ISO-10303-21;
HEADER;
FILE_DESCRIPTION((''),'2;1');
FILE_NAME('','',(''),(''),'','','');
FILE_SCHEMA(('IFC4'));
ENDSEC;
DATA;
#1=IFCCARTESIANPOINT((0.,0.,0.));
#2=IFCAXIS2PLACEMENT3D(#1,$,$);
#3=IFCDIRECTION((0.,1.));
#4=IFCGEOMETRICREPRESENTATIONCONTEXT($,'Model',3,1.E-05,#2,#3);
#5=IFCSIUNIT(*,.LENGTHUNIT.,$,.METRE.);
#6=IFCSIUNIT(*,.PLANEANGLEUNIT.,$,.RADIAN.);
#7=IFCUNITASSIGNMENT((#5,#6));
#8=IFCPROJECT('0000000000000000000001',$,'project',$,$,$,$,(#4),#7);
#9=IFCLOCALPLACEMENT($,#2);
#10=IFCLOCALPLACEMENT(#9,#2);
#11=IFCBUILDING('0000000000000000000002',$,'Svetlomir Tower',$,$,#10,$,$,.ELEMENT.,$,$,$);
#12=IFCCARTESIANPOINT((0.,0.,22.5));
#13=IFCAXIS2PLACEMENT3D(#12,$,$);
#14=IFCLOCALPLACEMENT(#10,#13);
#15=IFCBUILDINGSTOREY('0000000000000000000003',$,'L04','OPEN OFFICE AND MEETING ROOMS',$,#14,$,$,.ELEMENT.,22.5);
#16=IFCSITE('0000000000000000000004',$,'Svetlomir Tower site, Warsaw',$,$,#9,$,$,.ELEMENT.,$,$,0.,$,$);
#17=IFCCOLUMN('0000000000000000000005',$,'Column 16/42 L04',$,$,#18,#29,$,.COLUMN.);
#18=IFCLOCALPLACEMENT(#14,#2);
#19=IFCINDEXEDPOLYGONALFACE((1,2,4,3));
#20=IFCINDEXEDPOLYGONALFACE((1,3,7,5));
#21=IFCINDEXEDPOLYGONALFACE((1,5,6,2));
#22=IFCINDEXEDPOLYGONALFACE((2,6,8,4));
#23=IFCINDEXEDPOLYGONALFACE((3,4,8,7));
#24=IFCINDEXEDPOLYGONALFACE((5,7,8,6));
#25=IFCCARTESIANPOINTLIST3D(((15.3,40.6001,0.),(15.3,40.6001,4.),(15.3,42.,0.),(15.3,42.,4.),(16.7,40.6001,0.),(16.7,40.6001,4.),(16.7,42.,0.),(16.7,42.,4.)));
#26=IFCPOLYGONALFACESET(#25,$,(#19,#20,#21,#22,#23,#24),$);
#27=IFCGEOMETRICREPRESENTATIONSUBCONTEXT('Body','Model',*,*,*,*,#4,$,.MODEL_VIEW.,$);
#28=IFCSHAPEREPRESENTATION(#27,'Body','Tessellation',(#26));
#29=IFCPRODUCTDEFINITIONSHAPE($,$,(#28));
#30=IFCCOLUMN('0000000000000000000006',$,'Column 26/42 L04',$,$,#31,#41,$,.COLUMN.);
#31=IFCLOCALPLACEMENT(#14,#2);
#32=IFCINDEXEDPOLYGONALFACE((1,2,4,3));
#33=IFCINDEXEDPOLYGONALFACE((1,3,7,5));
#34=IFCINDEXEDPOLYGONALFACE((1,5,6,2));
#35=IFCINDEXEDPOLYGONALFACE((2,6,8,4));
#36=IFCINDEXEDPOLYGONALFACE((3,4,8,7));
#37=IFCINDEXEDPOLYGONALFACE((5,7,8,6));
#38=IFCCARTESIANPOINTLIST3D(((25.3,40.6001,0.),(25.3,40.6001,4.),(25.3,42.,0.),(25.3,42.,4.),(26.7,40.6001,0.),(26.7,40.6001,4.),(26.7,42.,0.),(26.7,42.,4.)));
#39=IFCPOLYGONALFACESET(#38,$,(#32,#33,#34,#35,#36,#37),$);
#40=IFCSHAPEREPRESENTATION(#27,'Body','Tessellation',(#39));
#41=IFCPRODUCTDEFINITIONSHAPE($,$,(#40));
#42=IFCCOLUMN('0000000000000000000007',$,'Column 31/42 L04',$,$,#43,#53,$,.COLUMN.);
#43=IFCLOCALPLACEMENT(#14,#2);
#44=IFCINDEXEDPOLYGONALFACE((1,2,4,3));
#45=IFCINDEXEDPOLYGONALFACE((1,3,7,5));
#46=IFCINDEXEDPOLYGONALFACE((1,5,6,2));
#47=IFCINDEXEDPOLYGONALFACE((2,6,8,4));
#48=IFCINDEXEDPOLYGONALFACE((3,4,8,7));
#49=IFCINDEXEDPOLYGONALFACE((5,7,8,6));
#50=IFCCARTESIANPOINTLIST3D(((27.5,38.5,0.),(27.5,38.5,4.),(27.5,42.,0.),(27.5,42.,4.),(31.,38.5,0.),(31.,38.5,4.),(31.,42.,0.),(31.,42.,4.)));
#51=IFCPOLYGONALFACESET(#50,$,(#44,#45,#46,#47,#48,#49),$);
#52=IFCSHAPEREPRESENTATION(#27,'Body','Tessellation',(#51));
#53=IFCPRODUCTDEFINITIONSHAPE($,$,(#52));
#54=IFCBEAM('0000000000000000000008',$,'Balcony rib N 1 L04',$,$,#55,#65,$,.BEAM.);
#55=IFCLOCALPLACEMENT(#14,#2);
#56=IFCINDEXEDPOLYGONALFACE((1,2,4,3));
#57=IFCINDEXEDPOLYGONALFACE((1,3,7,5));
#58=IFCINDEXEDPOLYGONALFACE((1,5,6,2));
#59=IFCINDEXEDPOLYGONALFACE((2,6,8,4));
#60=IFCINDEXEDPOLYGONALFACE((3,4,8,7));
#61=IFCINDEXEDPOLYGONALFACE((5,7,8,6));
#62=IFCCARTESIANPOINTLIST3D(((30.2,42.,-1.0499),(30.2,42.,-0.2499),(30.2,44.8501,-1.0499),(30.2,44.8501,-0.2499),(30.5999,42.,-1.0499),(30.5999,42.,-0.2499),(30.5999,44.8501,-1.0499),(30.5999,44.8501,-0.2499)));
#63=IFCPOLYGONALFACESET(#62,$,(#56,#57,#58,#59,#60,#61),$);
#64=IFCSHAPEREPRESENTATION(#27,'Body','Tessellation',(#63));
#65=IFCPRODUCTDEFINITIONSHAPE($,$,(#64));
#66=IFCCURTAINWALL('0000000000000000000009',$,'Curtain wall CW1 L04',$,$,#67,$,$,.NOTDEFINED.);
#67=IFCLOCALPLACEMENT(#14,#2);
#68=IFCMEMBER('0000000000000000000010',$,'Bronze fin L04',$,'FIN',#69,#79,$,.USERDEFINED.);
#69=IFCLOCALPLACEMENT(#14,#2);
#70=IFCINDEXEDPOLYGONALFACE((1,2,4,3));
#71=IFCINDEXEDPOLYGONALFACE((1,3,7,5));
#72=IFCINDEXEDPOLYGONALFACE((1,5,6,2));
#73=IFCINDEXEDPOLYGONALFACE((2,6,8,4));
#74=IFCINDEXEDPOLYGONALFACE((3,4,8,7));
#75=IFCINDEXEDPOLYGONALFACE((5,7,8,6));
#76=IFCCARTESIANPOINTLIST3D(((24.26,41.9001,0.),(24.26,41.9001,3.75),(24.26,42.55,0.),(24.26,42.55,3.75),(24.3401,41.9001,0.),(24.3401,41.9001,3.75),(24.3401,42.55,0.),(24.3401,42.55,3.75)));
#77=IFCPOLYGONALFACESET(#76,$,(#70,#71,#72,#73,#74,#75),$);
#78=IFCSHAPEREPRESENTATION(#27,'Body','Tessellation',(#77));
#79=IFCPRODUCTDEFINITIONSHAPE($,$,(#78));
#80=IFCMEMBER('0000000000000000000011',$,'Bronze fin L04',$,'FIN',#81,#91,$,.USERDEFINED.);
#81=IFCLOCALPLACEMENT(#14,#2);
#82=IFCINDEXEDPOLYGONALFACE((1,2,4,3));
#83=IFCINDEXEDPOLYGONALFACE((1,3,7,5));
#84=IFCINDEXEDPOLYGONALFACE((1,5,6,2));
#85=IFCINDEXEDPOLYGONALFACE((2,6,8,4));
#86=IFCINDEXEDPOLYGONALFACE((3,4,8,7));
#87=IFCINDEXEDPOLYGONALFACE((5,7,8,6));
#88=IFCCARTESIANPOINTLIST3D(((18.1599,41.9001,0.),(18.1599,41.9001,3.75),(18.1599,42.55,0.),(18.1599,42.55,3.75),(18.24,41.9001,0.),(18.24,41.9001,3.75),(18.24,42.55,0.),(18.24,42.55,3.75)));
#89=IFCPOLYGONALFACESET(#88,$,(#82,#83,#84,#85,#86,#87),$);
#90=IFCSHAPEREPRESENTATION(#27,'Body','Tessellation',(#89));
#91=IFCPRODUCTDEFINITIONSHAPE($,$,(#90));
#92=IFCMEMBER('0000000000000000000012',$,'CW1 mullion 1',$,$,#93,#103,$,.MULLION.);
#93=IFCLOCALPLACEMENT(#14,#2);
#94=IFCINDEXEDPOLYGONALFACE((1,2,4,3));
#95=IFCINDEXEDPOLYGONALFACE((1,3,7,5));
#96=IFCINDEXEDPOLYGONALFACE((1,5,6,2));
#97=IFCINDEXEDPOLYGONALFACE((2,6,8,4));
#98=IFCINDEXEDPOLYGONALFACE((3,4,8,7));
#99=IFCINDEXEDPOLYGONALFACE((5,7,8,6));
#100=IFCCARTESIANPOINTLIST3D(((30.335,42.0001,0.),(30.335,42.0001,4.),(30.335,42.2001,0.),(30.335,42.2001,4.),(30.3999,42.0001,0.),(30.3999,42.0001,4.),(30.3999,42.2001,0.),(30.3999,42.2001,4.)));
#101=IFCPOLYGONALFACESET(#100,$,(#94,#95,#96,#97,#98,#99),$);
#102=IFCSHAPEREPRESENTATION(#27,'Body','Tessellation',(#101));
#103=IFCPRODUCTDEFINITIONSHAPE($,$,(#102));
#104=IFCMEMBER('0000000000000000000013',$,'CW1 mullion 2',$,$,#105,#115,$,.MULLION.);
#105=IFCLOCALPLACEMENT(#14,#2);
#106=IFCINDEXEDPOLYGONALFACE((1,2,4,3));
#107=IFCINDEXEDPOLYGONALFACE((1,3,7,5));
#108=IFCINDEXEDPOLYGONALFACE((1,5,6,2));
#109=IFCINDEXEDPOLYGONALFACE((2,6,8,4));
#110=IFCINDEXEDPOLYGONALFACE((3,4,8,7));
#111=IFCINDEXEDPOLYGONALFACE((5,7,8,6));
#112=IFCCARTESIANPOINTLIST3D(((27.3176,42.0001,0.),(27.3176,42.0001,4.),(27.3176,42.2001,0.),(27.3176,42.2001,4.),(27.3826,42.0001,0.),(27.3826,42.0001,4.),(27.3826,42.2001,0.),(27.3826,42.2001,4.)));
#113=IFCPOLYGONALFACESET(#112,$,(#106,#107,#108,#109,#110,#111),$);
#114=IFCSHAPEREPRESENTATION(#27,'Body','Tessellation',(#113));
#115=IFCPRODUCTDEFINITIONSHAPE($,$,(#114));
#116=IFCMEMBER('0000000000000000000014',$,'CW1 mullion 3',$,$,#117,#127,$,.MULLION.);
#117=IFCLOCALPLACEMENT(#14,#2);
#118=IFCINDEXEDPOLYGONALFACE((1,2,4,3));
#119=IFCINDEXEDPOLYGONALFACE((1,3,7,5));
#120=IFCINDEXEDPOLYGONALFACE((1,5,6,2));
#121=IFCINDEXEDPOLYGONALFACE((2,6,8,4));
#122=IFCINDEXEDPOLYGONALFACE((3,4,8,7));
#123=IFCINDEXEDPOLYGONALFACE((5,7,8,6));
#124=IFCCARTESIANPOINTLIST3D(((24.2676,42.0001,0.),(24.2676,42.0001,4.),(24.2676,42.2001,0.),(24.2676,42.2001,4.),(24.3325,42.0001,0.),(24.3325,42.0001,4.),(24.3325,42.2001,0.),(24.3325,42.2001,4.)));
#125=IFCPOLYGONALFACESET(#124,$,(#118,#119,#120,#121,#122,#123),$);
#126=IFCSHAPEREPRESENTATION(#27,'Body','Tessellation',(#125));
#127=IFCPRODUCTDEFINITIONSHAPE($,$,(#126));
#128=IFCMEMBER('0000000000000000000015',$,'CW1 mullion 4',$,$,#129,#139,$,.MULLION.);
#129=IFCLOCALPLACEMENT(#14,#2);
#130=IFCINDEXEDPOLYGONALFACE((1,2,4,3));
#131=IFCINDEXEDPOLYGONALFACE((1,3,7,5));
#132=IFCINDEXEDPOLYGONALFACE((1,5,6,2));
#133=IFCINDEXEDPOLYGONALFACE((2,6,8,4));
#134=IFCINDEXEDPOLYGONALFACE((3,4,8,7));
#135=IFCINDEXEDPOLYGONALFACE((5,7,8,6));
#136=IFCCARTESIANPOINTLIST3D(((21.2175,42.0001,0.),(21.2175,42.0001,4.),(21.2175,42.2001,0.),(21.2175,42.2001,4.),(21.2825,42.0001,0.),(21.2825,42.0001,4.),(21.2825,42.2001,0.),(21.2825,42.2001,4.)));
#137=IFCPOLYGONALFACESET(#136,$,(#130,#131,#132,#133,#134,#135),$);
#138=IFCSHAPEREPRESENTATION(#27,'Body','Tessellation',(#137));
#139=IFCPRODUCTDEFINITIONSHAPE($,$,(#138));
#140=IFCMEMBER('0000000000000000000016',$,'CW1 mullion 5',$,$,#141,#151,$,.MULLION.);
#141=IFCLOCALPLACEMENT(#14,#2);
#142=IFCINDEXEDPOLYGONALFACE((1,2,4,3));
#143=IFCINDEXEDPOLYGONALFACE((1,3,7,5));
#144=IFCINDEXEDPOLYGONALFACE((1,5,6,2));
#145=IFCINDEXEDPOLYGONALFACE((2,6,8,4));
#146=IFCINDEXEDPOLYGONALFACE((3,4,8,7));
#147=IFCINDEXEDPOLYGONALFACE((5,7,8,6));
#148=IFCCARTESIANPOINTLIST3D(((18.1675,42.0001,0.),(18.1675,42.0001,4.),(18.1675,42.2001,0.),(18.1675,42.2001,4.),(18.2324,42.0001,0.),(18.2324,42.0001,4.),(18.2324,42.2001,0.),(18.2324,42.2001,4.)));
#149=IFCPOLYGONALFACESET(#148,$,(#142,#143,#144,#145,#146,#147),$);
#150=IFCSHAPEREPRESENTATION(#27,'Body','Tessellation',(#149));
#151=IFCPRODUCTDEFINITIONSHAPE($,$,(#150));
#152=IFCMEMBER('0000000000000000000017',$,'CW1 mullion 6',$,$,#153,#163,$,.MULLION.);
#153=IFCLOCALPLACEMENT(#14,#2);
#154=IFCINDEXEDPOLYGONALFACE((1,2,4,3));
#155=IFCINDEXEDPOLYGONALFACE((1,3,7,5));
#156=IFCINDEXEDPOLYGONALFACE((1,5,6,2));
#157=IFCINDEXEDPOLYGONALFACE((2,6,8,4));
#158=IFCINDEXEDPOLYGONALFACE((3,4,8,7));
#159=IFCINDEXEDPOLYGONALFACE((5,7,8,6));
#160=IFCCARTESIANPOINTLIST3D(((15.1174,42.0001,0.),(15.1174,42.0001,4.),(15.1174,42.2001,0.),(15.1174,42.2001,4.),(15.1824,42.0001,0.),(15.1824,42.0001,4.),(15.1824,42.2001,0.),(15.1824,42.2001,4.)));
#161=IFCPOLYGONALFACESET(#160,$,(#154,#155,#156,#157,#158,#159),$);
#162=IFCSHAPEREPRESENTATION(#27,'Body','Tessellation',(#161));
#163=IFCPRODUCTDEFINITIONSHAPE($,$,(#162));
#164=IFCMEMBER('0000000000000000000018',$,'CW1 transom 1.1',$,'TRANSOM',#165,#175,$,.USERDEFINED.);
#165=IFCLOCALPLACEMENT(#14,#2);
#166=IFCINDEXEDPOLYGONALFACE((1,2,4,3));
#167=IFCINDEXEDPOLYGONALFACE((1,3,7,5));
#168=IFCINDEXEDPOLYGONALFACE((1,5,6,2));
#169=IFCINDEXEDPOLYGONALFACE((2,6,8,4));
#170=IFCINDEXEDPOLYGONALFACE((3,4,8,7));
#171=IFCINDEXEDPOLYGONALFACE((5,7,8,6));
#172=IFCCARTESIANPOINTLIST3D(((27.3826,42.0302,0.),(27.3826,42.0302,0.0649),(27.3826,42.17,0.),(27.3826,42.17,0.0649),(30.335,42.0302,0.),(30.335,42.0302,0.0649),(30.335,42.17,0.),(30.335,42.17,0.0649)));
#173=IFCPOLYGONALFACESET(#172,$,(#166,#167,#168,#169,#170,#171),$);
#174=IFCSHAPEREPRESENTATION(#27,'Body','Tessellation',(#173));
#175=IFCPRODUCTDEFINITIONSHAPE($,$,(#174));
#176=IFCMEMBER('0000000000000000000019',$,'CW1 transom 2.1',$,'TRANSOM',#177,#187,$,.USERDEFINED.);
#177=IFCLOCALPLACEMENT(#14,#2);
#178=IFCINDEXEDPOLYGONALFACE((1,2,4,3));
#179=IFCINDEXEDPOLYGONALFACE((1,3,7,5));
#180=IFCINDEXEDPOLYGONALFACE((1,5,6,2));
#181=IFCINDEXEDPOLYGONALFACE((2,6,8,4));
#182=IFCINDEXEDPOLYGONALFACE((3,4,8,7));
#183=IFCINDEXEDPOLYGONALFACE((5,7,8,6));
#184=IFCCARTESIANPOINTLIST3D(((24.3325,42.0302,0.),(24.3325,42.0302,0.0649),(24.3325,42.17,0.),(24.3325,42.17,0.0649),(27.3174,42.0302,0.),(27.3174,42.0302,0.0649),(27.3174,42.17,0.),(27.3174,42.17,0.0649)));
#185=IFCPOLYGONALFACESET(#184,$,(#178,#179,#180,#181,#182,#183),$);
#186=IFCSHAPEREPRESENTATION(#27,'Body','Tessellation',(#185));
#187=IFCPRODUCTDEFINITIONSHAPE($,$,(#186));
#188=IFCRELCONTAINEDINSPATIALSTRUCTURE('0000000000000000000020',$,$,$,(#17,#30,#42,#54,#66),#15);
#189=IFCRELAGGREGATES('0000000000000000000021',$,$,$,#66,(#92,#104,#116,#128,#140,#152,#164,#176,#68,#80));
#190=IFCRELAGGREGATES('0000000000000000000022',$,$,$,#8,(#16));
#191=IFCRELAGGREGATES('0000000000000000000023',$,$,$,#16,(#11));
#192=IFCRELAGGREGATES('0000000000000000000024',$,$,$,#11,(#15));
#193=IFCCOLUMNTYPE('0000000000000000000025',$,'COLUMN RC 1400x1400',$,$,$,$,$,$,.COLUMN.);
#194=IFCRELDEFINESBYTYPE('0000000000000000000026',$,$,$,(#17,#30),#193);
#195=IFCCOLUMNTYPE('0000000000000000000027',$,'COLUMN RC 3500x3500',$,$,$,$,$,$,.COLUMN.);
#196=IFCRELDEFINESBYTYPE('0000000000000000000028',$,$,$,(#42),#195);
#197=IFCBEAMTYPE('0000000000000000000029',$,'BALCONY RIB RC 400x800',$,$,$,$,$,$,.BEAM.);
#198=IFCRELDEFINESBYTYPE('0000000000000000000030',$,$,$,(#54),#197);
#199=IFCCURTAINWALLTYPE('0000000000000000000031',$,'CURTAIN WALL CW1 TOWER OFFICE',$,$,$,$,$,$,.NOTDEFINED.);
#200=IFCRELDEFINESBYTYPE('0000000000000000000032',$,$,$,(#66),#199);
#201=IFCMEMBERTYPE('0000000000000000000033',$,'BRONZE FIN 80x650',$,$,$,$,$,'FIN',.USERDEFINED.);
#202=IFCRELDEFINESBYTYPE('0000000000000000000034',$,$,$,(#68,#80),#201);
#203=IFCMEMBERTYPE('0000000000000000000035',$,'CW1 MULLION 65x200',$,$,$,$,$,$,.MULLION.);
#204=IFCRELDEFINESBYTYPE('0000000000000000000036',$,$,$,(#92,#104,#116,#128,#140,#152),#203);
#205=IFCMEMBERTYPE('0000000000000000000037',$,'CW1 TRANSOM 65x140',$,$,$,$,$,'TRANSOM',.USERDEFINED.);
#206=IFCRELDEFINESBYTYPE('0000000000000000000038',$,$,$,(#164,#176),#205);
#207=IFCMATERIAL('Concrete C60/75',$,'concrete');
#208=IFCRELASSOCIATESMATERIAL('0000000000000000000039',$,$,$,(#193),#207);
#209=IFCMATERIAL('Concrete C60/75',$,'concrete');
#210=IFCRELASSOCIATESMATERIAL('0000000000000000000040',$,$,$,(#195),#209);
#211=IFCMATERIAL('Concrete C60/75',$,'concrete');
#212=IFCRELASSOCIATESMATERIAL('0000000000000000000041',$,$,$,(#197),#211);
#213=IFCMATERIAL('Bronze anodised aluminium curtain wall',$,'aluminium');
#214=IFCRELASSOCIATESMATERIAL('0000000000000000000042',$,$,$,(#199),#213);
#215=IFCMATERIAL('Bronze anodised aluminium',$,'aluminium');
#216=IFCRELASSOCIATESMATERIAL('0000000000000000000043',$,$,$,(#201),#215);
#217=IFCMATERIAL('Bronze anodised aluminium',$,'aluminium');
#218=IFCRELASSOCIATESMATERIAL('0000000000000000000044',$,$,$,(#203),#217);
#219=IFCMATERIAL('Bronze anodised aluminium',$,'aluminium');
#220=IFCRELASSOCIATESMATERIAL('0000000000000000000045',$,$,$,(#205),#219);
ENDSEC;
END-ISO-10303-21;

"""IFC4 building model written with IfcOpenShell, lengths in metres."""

from ifc_helpers import new_model, si_unit, direction, frame, origin, origin_2d, place, context, subcontext, project, spatial, rectangle, extrude, material, material_profile, profile_set, type_object, element, aggregate, save


model = new_model("IFC4")

# Units and contexts
model_context = context("Model", 3, precision=1e-05, world=origin(), true_north=direction((0.0, 1.0)))
body_context = subcontext(model_context, "Body", "Model", "MODEL_VIEW")
ifc_project = project(units=[si_unit("LENGTHUNIT", "METRE"), si_unit("PLANEANGLEUNIT", "RADIAN")], contexts=[model_context])

# Site, building, storey
site_placement = place(None, origin())
site = spatial("IfcSite", under=ifc_project, at=site_placement, Name="Svetlomir Tower site, Warsaw", CompositionType="ELEMENT", RefElevation=0.0)
building_placement = place(site_placement, origin())
building = spatial("IfcBuilding", under=site, at=building_placement, Name="Svetlomir Tower", CompositionType="ELEMENT")
storey_placement = place(building_placement, frame((0.0, 0.0, 22.5)))
storey = spatial("IfcBuildingStorey", under=building, at=storey_placement, Name="L04", Description="OPEN OFFICE AND MEETING ROOMS", CompositionType="ELEMENT", Elevation=22.5)

# Columns
ifc_material_1 = material(Name="Concrete C60/75", Category="concrete")
ifc_material_profile_1 = material_profile(ifc_material_1, rectangle(XDim=1.3999, YDim=1.3999, at=origin_2d()), Name="RC 1400x1400")
ifc_profile_set_1 = profile_set([ifc_material_profile_1], Name="Concrete C60/75")
column_type_1 = type_object("IfcColumnType", Name="COLUMN RC 1400x1400", PredefinedType="COLUMN", material=ifc_profile_set_1)
for number, where, z_axis, x_axis, name in (
    (1, (16.0, 41.3, 0.0), (0.0, 0.0, 1.0), (1.0, 0.0, 0.0), "Column 16/42 L04"),
    (2, (26.0, 41.3, 0.0), (0.0, 0.0, 1.0), (1.0, 0.0, 0.0), "Column 26/42 L04"),
):
    element("IfcColumn", number, at=place(storey_placement, frame(where, z_axis=z_axis, x_axis=x_axis)), inside=storey, type_object=column_type_1, Name=name, PredefinedType="COLUMN", context=body_context, shape_type="SweptSolid", body=[
        extrude(rectangle(XDim=1.3999, YDim=1.3999, at=origin_2d()), origin(), (0.0, 0.0, 1.0), 4.0),
    ])
ifc_material_2 = material(Name="Concrete C60/75", Category="concrete")
ifc_material_profile_2 = material_profile(ifc_material_2, rectangle(XDim=3.5, YDim=3.5, at=origin_2d()), Name="RC 3500x3500")
ifc_profile_set_2 = profile_set([ifc_material_profile_2], Name="Concrete C60/75")
column_type_2 = type_object("IfcColumnType", Name="COLUMN RC 3500x3500", PredefinedType="COLUMN", material=ifc_profile_set_2)
column_placement = place(storey_placement, frame((29.25, 40.25, 0.0), z_axis=(0.0, 0.0, 1.0), x_axis=(1.0, 0.0, 0.0)))
element("IfcColumn", 3, at=column_placement, inside=storey, type_object=column_type_2, Name="Column 31/42 L04", PredefinedType="COLUMN", context=body_context, shape_type="SweptSolid", body=[
    extrude(rectangle(XDim=3.5, YDim=3.5, at=origin_2d()), origin(), (0.0, 0.0, 1.0), 4.0),
])

# Beam
ifc_material_3 = material(Name="Concrete C60/75", Category="concrete")
ifc_material_profile_3 = material_profile(ifc_material_3, rectangle(XDim=0.3999, YDim=0.8, at=origin_2d()), Name="RC 400x800")
ifc_profile_set_3 = profile_set([ifc_material_profile_3], Name="Concrete C60/75")
beam_type_1 = type_object("IfcBeamType", Name="BALCONY RIB RC 400x800", PredefinedType="BEAM", material=ifc_profile_set_3)
beam_1_placement = place(storey_placement, frame((30.3999, 42.0, -0.6499), z_axis=(0.0, 1.0, 0.0), x_axis=(-1.0, 0.0, 0.0)))
element("IfcBeam", 4, at=beam_1_placement, inside=storey, type_object=beam_type_1, Name="Balcony rib N 1 L04", PredefinedType="BEAM", context=body_context, shape_type="SweptSolid", body=[
    extrude(rectangle(XDim=0.3999, YDim=0.8, at=origin_2d()), origin(), (0.0, 0.0, 1.0), 2.8501),
])

# Curtain wall, members
ifc_material_4 = material(Name="Bronze anodised aluminium curtain wall", Category="aluminium")
curtain_wall_type = type_object("IfcCurtainWallType", Name="CURTAIN WALL CW1 TOWER OFFICE", PredefinedType="NOTDEFINED", material=ifc_material_4)
curtain_wall_placement = place(storey_placement, origin())
curtain_wall = element("IfcCurtainWall", 5, at=curtain_wall_placement, inside=storey, type_object=curtain_wall_type, Name="Curtain wall CW1 L04", PredefinedType="NOTDEFINED")
ifc_material_5 = material(Name="Bronze anodised aluminium", Category="aluminium")
ifc_material_profile_4 = material_profile(ifc_material_5, rectangle(XDim=0.0801, YDim=0.6499, at=origin_2d()), Name="FIN 80x650")
ifc_profile_set_4 = profile_set([ifc_material_profile_4], Name="Bronze anodised aluminium 6063-T6")
member_type_1 = type_object("IfcMemberType", Name="BRONZE FIN 80x650", ElementType="FIN", PredefinedType="USERDEFINED", material=ifc_profile_set_4)
member_1_placement = place(storey_placement, frame((24.3, 42.2251, 0.0), z_axis=(0.0, 0.0, 1.0), x_axis=(1.0, 0.0, 0.0)))
member_1 = element("IfcMember", 6, at=member_1_placement, type_object=member_type_1, Name="Bronze fin L04", ObjectType="FIN", PredefinedType="USERDEFINED", context=body_context, shape_type="SweptSolid", body=[
    extrude(rectangle(XDim=0.0801, YDim=0.6499, at=origin_2d()), origin(), (0.0, 0.0, 1.0), 3.75),
])
member_2_placement = place(storey_placement, frame((18.2, 42.2251, 0.0), z_axis=(0.0, 0.0, 1.0), x_axis=(1.0, 0.0, 0.0)))
member_2 = element("IfcMember", 7, at=member_2_placement, type_object=member_type_1, Name="Bronze fin L04", ObjectType="FIN", PredefinedType="USERDEFINED", context=body_context, shape_type="SweptSolid", body=[
    extrude(rectangle(XDim=0.0801, YDim=0.6499, at=origin_2d()), origin(), (0.0, 0.0, 1.0), 3.75),
])
ifc_material_6 = material(Name="Bronze anodised aluminium", Category="aluminium")
ifc_material_profile_5 = material_profile(ifc_material_6, rectangle(XDim=0.0649, YDim=0.2, at=origin_2d()), Name="AL 65x200")
ifc_profile_set_5 = profile_set([ifc_material_profile_5], Name="Bronze anodised aluminium 6063-T6")
member_type_2 = type_object("IfcMemberType", Name="CW1 MULLION 65x200", PredefinedType="MULLION", material=ifc_profile_set_5)
member_3_placement = place(storey_placement, frame((30.3674, 42.1001, 0.0), z_axis=(0.0, 0.0, 1.0), x_axis=(-1.0, 0.0, 0.0)))
member_3 = element("IfcMember", 8, at=member_3_placement, type_object=member_type_2, Name="CW1 mullion 1", PredefinedType="MULLION", context=body_context, shape_type="SweptSolid", body=[
    extrude(rectangle(XDim=0.0649, YDim=0.2, at=origin_2d()), origin(), (0.0, 0.0, 1.0), 4.0),
])
member_4_placement = place(storey_placement, frame((27.3501, 42.1001, 0.0), z_axis=(0.0, 0.0, 1.0), x_axis=(-1.0, 0.0, 0.0)))
member_4 = element("IfcMember", 9, at=member_4_placement, type_object=member_type_2, Name="CW1 mullion 2", PredefinedType="MULLION", context=body_context, shape_type="SweptSolid", body=[
    extrude(rectangle(XDim=0.0649, YDim=0.2, at=origin_2d()), origin(), (0.0, 0.0, 1.0), 4.0),
])
member_5_placement = place(storey_placement, frame((24.3, 42.1001, 0.0), z_axis=(0.0, 0.0, 1.0), x_axis=(-1.0, 0.0, 0.0)))
member_5 = element("IfcMember", 10, at=member_5_placement, type_object=member_type_2, Name="CW1 mullion 3", PredefinedType="MULLION", context=body_context, shape_type="SweptSolid", body=[
    extrude(rectangle(XDim=0.0649, YDim=0.2, at=origin_2d()), origin(), (0.0, 0.0, 1.0), 4.0),
])
member_6_placement = place(storey_placement, frame((21.25, 42.1001, 0.0), z_axis=(0.0, 0.0, 1.0), x_axis=(-1.0, 0.0, 0.0)))
member_6 = element("IfcMember", 11, at=member_6_placement, type_object=member_type_2, Name="CW1 mullion 4", PredefinedType="MULLION", context=body_context, shape_type="SweptSolid", body=[
    extrude(rectangle(XDim=0.0649, YDim=0.2, at=origin_2d()), origin(), (0.0, 0.0, 1.0), 4.0),
])
member_7_placement = place(storey_placement, frame((18.2, 42.1001, 0.0), z_axis=(0.0, 0.0, 1.0), x_axis=(-1.0, 0.0, 0.0)))
member_7 = element("IfcMember", 12, at=member_7_placement, type_object=member_type_2, Name="CW1 mullion 5", PredefinedType="MULLION", context=body_context, shape_type="SweptSolid", body=[
    extrude(rectangle(XDim=0.0649, YDim=0.2, at=origin_2d()), origin(), (0.0, 0.0, 1.0), 4.0),
])
member_8_placement = place(storey_placement, frame((15.1499, 42.1001, 0.0), z_axis=(0.0, 0.0, 1.0), x_axis=(-1.0, 0.0, 0.0)))
member_8 = element("IfcMember", 13, at=member_8_placement, type_object=member_type_2, Name="CW1 mullion 6", PredefinedType="MULLION", context=body_context, shape_type="SweptSolid", body=[
    extrude(rectangle(XDim=0.0649, YDim=0.2, at=origin_2d()), origin(), (0.0, 0.0, 1.0), 4.0),
])
ifc_material_7 = material(Name="Bronze anodised aluminium", Category="aluminium")
ifc_material_profile_6 = material_profile(ifc_material_7, rectangle(XDim=0.1399, YDim=0.0649, at=origin_2d()), Name="AL 140x65")
ifc_profile_set_6 = profile_set([ifc_material_profile_6], Name="Bronze anodised aluminium 6063-T6")
member_type_3 = type_object("IfcMemberType", Name="CW1 TRANSOM 65x140", ElementType="TRANSOM", PredefinedType="USERDEFINED", material=ifc_profile_set_6)
member_9_placement = place(storey_placement, frame((30.335, 42.1001, 0.0325), z_axis=(-1.0, 0.0, 0.0), x_axis=(0.0, -1.0, 0.0)))
member_9 = element("IfcMember", 14, at=member_9_placement, type_object=member_type_3, Name="CW1 transom 1.1", ObjectType="TRANSOM", PredefinedType="USERDEFINED", context=body_context, shape_type="SweptSolid", body=[
    extrude(rectangle(XDim=0.1399, YDim=0.0649, at=origin_2d()), origin(), (0.0, 0.0, 1.0), 2.9524),
])
member_10_placement = place(storey_placement, frame((27.3174, 42.1001, 0.0325), z_axis=(-1.0, 0.0, 0.0), x_axis=(0.0, -1.0, 0.0)))
member_10 = element("IfcMember", 15, at=member_10_placement, type_object=member_type_3, Name="CW1 transom 2.1", ObjectType="TRANSOM", PredefinedType="USERDEFINED", context=body_context, shape_type="SweptSolid", body=[
    extrude(rectangle(XDim=0.1399, YDim=0.0649, at=origin_2d()), origin(), (0.0, 0.0, 1.0), 2.9849),
])

aggregate(curtain_wall, [member_3, member_4, member_5, member_6, member_7, member_8, member_9, member_10, member_1, member_2])

save(model, "model.ifc")
